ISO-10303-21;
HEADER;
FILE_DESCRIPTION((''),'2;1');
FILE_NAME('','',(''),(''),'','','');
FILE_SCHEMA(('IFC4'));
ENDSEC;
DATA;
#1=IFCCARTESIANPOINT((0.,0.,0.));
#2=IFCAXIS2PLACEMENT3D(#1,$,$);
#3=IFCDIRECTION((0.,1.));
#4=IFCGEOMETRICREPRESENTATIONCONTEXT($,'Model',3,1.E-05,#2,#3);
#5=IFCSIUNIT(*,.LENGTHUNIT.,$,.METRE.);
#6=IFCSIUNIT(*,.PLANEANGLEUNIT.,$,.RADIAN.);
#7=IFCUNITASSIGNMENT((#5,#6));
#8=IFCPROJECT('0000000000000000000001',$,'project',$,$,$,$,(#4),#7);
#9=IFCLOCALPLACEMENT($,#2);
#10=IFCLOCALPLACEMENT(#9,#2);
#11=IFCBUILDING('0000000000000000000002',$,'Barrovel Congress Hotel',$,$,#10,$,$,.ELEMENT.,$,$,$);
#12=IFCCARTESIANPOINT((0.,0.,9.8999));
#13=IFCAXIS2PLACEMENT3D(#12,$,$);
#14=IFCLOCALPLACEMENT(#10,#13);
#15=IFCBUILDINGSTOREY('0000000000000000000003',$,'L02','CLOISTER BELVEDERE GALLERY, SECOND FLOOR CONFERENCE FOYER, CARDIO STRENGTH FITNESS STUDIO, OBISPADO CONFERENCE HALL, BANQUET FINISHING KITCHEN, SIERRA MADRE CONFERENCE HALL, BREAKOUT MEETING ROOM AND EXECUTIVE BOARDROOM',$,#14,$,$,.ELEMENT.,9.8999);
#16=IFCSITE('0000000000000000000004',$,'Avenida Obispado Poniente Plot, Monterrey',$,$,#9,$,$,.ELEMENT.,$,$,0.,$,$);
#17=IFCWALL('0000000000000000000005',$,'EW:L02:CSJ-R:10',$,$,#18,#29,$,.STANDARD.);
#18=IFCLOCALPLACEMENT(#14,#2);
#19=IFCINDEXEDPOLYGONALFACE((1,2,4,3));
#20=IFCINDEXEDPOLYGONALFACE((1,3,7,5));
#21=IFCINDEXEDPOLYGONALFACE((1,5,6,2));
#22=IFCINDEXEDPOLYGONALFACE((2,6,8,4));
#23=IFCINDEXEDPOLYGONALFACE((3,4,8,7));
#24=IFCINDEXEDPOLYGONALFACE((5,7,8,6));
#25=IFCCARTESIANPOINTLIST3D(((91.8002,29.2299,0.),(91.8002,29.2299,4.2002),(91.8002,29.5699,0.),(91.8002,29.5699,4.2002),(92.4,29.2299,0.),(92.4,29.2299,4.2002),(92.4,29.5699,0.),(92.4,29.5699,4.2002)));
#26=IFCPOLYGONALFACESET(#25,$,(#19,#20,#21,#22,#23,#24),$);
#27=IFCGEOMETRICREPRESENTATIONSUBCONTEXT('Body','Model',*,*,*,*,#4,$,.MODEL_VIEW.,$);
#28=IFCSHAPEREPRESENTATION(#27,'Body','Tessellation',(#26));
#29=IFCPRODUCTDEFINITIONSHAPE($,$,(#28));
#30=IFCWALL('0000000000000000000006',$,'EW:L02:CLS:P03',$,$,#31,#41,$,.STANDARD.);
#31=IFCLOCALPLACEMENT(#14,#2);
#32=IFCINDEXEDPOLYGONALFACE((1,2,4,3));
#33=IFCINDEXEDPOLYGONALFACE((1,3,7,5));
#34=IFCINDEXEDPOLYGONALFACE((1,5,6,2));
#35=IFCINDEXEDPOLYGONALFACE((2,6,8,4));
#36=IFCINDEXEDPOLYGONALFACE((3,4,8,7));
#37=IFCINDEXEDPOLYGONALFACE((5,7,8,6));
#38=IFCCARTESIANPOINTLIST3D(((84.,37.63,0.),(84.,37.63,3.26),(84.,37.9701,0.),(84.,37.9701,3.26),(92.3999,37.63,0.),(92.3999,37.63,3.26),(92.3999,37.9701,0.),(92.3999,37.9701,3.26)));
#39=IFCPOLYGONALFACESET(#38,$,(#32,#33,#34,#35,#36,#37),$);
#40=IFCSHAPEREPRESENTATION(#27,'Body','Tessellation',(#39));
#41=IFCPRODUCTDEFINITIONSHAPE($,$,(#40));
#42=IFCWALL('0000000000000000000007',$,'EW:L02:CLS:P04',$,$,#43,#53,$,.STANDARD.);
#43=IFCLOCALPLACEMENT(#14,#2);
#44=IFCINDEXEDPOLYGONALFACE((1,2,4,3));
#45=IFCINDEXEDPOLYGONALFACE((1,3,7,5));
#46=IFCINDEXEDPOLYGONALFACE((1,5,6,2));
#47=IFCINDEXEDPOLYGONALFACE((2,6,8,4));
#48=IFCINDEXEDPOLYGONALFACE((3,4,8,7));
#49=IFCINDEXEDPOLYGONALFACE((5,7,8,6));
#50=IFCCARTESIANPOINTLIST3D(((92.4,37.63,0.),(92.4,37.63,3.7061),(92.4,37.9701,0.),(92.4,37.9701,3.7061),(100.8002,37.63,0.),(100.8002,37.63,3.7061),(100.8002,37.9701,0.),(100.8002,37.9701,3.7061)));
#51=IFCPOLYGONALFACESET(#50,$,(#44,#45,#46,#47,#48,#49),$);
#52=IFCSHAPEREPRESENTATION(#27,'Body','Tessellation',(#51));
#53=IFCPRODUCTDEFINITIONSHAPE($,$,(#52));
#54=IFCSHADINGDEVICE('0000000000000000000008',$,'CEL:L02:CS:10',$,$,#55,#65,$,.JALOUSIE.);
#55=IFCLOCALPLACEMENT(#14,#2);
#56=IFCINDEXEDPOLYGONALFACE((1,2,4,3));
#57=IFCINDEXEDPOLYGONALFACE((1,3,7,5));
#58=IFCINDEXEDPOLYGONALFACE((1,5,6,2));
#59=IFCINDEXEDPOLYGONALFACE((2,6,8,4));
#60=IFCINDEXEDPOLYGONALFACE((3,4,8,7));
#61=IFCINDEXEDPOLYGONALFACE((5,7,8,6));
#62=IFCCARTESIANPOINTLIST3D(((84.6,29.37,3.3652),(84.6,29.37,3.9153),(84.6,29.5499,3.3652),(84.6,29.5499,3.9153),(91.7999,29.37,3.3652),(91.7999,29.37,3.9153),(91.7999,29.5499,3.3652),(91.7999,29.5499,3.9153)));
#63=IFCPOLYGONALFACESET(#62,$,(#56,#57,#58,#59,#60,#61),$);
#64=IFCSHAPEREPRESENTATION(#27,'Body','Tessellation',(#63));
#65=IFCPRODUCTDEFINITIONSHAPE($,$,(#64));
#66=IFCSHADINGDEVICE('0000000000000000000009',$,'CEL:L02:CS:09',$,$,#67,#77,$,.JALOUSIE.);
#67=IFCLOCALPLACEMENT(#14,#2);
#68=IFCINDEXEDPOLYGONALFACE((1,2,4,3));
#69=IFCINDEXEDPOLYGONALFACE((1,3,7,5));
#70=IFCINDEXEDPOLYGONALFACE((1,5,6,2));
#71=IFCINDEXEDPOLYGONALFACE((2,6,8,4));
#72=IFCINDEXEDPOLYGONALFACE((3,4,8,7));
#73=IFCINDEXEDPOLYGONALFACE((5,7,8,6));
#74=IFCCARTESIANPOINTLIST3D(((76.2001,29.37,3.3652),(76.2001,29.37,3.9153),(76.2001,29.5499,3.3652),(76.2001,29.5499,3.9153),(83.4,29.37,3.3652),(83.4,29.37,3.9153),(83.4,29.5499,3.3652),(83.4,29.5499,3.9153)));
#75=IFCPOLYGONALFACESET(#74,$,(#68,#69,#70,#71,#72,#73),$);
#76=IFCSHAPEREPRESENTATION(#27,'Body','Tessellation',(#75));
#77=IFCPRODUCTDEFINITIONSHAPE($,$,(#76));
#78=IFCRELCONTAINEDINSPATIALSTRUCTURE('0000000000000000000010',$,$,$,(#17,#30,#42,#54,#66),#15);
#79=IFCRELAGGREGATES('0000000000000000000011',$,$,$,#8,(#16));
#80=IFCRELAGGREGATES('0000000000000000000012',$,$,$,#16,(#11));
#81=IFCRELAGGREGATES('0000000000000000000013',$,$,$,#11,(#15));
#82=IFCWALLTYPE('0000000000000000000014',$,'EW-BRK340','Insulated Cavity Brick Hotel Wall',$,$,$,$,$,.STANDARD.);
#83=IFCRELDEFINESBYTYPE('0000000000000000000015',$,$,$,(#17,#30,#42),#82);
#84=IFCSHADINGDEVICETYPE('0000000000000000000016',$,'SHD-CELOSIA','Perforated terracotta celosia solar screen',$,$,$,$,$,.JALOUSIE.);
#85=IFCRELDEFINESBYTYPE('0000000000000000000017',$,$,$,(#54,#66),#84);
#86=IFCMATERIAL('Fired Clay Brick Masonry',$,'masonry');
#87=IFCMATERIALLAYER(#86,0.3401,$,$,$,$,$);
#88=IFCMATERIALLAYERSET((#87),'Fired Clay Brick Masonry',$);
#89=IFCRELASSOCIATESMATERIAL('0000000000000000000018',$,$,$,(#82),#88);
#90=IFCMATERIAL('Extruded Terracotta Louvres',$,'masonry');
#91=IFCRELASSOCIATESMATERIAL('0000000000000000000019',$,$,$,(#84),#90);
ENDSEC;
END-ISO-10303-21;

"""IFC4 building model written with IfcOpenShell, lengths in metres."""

from ifc_helpers import new_model, si_unit, direction, frame, frame_2d, origin, origin_2d, place, context, subcontext, project, spatial, rectangle, extrude, material, layer, layer_set, type_object, element, save


model = new_model("IFC4")

# Units and contexts
model_context = context("Model", 3, precision=1e-05, world=origin(), true_north=direction((0.0, 1.0)))
body_context = subcontext(model_context, "Body", "Model", "MODEL_VIEW")
ifc_project = project(units=[si_unit("LENGTHUNIT", "METRE"), si_unit("PLANEANGLEUNIT", "RADIAN")], contexts=[model_context])

# Site, building, storey
site_placement = place(None, origin())
site = spatial("IfcSite", under=ifc_project, at=site_placement, Name="Avenida Obispado Poniente Plot, Monterrey", CompositionType="ELEMENT", RefElevation=0.0)
building_placement = place(site_placement, origin())
building = spatial("IfcBuilding", under=site, at=building_placement, Name="Barrovel Congress Hotel", CompositionType="ELEMENT")
storey_placement = place(building_placement, frame((0.0, 0.0, 9.8999)))
storey = spatial("IfcBuildingStorey", under=building, at=storey_placement, Name="L02", Description="CLOISTER BELVEDERE GALLERY, SECOND FLOOR CONFERENCE FOYER, CARDIO STRENGTH FITNESS STUDIO, OBISPADO CONFERENCE HALL, BANQUET FINISHING KITCHEN, SIERRA MADRE CONFERENCE HALL, BREAKOUT MEETING ROOM AND EXECUTIVE BOARDROOM", CompositionType="ELEMENT", Elevation=9.8999)

# Walls
ifc_material_1 = material(Name="Fired Clay Brick Masonry", Category="masonry")
ifc_layer_1 = layer(ifc_material_1, 0.3401)
ifc_layer_set_1 = layer_set([ifc_layer_1], Name="Fired Clay Brick Masonry")
wall_type = type_object("IfcWallType", Name="EW-BRK340", Description="Insulated Cavity Brick Hotel Wall", PredefinedType="STANDARD", material=ifc_layer_set_1)
wall_1_placement = place(storey_placement, frame((92.3999, 29.3999, 0.0), z_axis=(0.0, 0.0, 1.0), x_axis=(-1.0, 0.0, 0.0)))
element("IfcWall", 1, at=wall_1_placement, inside=storey, type_object=wall_type, Name="EW:L02:CSJ-R:10", PredefinedType="STANDARD", context=body_context, shape_type="SweptSolid", body=[
    extrude(rectangle(XDim=0.5999, YDim=0.3401, at=frame_2d((0.2998, 0.0))), origin(), (0.0, 0.0, 1.0), 4.2002),
])
wall_2_placement = place(storey_placement, frame((84.0, 37.8, 0.0), z_axis=(0.0, 0.0, 1.0), x_axis=(1.0, 0.0, 0.0)))
element("IfcWall", 2, at=wall_2_placement, inside=storey, type_object=wall_type, Name="EW:L02:CLS:P03", PredefinedType="STANDARD", context=body_context, shape_type="SweptSolid", body=[
    extrude(rectangle(XDim=8.3999, YDim=0.3401, at=frame_2d((4.2, 0.0))), origin(), (0.0, 0.0, 1.0), 3.26),
])
wall_3_placement = place(storey_placement, frame((92.3999, 37.8, 0.0), z_axis=(0.0, 0.0, 1.0), x_axis=(1.0, 0.0, 0.0)))
element("IfcWall", 3, at=wall_3_placement, inside=storey, type_object=wall_type, Name="EW:L02:CLS:P04", PredefinedType="STANDARD", context=body_context, shape_type="SweptSolid", body=[
    extrude(rectangle(XDim=8.4001, YDim=0.3401, at=frame_2d((4.2002, 0.0))), origin(), (0.0, 0.0, 1.0), 3.7061),
])

# Shading devices
ifc_material_2 = material(Name="Extruded Terracotta Louvres", Category="masonry")
shading_device_type = type_object("IfcShadingDeviceType", Name="SHD-CELOSIA", Description="Perforated terracotta celosia solar screen", PredefinedType="JALOUSIE", material=ifc_material_2)
for number, where, z_axis, x_axis, name in (
    (4, (88.2, 29.46, 3.3652), (0.0, 0.0, 1.0), (1.0, 0.0, 0.0), "CEL:L02:CS:10"),
    (5, (79.8, 29.46, 3.3652), (0.0, 0.0, 1.0), (1.0, 0.0, 0.0), "CEL:L02:CS:09"),
):
    element("IfcShadingDevice", number, at=place(storey_placement, frame(where, z_axis=z_axis, x_axis=x_axis)), inside=storey, type_object=shading_device_type, Name=name, PredefinedType="JALOUSIE", context=body_context, shape_type="SweptSolid", body=[
        extrude(rectangle(XDim=7.2, YDim=0.1799, at=origin_2d()), origin(), (0.0, 0.0, 1.0), 0.55),
    ])

save(model, "model.ifc")
